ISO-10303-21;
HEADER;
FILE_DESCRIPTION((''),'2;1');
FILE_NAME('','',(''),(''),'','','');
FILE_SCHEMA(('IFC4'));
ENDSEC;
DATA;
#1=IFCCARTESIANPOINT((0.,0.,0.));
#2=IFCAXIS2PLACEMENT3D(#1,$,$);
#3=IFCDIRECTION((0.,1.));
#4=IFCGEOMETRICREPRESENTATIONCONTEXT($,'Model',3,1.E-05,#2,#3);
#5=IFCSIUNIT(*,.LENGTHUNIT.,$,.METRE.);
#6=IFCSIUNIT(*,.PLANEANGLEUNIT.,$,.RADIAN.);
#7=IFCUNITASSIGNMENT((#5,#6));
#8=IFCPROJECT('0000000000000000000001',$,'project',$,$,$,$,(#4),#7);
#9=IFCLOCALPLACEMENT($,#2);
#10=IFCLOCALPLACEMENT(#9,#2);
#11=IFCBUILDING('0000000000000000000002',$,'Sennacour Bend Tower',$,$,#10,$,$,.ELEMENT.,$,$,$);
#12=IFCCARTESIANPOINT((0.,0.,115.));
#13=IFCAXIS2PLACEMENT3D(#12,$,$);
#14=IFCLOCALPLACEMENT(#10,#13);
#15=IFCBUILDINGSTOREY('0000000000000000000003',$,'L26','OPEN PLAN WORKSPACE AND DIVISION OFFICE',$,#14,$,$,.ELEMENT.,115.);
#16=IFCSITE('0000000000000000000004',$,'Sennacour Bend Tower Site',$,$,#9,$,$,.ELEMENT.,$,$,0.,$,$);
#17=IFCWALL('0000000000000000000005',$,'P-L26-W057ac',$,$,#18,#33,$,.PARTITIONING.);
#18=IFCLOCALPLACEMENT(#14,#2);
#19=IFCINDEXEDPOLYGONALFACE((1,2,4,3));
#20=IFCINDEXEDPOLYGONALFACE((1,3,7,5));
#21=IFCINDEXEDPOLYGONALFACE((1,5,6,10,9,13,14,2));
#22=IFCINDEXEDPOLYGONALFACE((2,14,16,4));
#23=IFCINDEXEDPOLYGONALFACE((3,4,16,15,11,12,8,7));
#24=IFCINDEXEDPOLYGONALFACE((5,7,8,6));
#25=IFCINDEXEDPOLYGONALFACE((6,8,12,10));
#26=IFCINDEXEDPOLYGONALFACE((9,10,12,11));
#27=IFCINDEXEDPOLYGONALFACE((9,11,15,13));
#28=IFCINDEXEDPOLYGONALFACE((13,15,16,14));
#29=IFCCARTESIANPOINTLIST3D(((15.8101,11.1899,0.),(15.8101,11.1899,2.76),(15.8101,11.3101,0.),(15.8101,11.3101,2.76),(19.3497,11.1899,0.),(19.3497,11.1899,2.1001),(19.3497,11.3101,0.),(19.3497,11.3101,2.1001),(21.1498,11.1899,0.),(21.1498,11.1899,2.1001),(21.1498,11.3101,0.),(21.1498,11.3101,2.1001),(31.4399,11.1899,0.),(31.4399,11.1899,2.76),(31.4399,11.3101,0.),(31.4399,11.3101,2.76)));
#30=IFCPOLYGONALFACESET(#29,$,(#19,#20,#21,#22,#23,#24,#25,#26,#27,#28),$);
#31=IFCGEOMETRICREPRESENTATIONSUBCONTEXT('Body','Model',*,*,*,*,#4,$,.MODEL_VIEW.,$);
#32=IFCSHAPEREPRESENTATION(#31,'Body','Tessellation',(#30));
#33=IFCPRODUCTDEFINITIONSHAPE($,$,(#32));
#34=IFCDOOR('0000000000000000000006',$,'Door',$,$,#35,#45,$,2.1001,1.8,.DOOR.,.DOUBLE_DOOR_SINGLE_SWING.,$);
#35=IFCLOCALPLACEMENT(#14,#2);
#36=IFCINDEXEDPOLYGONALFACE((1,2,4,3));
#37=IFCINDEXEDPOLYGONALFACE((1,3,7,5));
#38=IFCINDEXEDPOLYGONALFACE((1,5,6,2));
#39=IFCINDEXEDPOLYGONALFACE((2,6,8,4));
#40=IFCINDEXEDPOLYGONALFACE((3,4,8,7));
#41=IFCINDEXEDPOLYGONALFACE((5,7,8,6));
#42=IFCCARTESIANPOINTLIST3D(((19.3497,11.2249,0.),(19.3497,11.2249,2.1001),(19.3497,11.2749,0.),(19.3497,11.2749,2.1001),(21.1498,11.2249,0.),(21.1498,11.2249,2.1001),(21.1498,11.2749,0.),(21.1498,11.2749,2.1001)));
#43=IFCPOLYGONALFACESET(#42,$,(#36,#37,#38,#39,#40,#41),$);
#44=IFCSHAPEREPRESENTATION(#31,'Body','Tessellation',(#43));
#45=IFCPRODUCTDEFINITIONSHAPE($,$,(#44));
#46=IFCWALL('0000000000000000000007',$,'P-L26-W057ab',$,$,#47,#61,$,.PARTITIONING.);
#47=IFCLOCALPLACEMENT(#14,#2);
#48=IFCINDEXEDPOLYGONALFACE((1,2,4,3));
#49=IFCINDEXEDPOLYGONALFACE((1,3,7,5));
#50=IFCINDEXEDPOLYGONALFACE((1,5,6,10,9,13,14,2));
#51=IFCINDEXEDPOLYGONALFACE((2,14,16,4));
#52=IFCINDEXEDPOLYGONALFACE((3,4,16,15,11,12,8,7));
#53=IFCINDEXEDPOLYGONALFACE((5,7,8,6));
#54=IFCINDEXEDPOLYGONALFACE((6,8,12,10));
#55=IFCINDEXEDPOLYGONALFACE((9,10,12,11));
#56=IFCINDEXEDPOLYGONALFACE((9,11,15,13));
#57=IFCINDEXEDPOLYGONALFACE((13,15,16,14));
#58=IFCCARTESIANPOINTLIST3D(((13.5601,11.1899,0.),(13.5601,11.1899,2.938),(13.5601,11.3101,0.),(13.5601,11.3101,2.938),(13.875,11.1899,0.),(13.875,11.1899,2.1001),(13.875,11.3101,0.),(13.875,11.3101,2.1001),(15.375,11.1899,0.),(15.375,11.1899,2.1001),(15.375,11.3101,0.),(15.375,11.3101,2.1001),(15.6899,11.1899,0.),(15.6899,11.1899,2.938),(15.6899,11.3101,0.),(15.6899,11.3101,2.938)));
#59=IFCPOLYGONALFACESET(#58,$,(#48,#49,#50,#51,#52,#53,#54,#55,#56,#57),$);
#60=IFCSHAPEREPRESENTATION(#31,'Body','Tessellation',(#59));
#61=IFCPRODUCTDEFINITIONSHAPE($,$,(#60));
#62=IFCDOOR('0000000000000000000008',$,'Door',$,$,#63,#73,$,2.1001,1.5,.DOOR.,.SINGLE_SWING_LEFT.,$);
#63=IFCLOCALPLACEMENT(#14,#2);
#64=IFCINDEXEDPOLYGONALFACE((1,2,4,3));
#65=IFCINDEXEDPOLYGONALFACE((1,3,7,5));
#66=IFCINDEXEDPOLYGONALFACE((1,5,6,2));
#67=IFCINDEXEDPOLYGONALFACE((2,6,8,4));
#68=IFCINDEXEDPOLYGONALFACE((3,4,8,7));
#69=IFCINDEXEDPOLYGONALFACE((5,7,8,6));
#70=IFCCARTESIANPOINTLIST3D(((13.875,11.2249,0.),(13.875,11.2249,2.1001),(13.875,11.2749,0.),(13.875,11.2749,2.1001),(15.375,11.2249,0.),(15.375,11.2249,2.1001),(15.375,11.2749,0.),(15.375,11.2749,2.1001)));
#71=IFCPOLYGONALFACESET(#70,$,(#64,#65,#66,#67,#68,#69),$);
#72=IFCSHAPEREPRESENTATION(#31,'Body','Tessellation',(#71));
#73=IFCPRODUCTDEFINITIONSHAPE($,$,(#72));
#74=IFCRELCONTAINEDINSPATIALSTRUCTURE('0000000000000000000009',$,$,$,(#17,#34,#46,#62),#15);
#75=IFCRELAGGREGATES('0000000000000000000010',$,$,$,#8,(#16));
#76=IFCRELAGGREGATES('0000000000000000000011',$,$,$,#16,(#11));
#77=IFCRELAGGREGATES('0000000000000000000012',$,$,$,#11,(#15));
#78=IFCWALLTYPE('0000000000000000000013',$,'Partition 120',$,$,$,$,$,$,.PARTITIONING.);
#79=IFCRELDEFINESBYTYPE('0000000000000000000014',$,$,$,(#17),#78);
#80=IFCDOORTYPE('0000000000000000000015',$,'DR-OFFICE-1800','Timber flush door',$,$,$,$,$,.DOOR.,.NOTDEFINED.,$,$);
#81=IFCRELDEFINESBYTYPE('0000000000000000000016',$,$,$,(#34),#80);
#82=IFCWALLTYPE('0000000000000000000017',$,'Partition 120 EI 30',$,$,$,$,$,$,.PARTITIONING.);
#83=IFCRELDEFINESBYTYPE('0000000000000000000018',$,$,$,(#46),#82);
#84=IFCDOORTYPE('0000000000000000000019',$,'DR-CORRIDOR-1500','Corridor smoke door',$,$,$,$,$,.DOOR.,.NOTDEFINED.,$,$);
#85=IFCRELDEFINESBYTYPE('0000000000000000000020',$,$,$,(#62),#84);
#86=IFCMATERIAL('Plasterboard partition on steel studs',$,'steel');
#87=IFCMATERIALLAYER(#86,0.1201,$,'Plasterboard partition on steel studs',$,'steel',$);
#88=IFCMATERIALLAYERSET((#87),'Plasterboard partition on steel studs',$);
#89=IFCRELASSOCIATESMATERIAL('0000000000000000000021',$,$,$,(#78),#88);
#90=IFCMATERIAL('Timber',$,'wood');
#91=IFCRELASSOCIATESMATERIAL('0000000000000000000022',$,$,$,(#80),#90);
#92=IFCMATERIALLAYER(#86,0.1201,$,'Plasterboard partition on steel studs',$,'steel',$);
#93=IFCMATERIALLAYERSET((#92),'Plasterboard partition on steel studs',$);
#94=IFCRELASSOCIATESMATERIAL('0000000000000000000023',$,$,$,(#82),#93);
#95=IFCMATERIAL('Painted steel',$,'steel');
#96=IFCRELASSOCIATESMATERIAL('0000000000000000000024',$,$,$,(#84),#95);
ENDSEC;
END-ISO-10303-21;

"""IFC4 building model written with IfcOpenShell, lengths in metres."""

from ifc_helpers import new_model, si_unit, direction, frame, frame_2d, origin, place, context, subcontext, project, spatial, rectangle, extrude, material, layer, layer_set, type_object, element, fill, save


model = new_model("IFC4")

# Units and contexts
model_context = context("Model", 3, precision=1e-05, world=origin(), true_north=direction((0.0, 1.0)))
body_context = subcontext(model_context, "Body", "Model", "MODEL_VIEW")
ifc_project = project(units=[si_unit("LENGTHUNIT", "METRE"), si_unit("PLANEANGLEUNIT", "RADIAN")], contexts=[model_context])

# Site, building, storey
site_placement = place(None, origin())
site = spatial("IfcSite", under=ifc_project, at=site_placement, Name="Sennacour Bend Tower Site", CompositionType="ELEMENT", RefElevation=0.0)
building_placement = place(site_placement, origin())
building = spatial("IfcBuilding", under=site, at=building_placement, Name="Sennacour Bend Tower", CompositionType="ELEMENT")
storey_placement = place(building_placement, frame((0.0, 0.0, 115.0)))
storey = spatial("IfcBuildingStorey", under=building, at=storey_placement, Name="L26", Description="OPEN PLAN WORKSPACE AND DIVISION OFFICE", CompositionType="ELEMENT", Elevation=115.0)

# Shared definitions
ifc_material_1 = material(Name="Plasterboard partition on steel studs", Category="steel")
ifc_layer_1 = layer(ifc_material_1, 0.1201, Name="Plasterboard partition on steel studs", Category="steel")
ifc_layer_set_1 = layer_set([ifc_layer_1], Name="Plasterboard partition on steel studs")
wall_type_1 = type_object("IfcWallType", Name="Partition 120", PredefinedType="PARTITIONING", material=ifc_layer_set_1)
ifc_material_2 = material(Name="Timber", Category="wood")
door_type_1 = type_object("IfcDoorType", Name="DR-OFFICE-1800", Description="Timber flush door", OperationType="NOTDEFINED", PredefinedType="DOOR", material=ifc_material_2)

# Walls, openings, doors
wall_1_placement = place(storey_placement, frame((15.8101, 11.25, 0.0), z_axis=(0.0, 0.0, 1.0), x_axis=(1.0, 0.0, 0.0)))
wall_1 = element("IfcWall", 1, at=wall_1_placement, inside=storey, type_object=wall_type_1, Name="P-L26-W057ac", PredefinedType="PARTITIONING", context=body_context, shape_type="SweptSolid", body=[
    extrude(rectangle(XDim=15.6299, YDim=0.1201, at=frame_2d((7.8149, 0.0))), origin(), (0.0, 0.0, 1.0), 2.76),
])
opening_1_placement = place(wall_1_placement, frame((3.5398, 0.0, 0.0)))
opening_1 = element("IfcOpeningElement", 2, at=opening_1_placement, cuts=wall_1, PredefinedType="OPENING", context=body_context, shape_type="SweptSolid", body=[
    extrude(rectangle(XDim=1.8, YDim=2.1001, at=frame_2d((0.8999, 1.05))), frame((0.0, 0.0701, 0.0), z_axis=(0.0, -1.0, 0.0), x_axis=(1.0, 0.0, 0.0)), (0.0, 0.0, 1.0), 0.1401),
])
door_1_placement = place(opening_1_placement, origin())
door_1 = element("IfcDoor", 3, at=door_1_placement, inside=storey, type_object=door_type_1, Name="Door", OperationType="DOUBLE_DOOR_SINGLE_SWING", OverallHeight=2.1001, OverallWidth=1.8, PredefinedType="DOOR", context=body_context, shape_type="SweptSolid", body=[
    extrude(rectangle(XDim=1.8, YDim=2.1001, at=frame_2d((0.8999, 1.05))), frame((0.0, 0.0249, 0.0), z_axis=(0.0, -1.0, 0.0), x_axis=(1.0, 0.0, 0.0)), (0.0, 0.0, 1.0), 0.05),
])
fill(opening_1, door_1)
ifc_layer_2 = layer(ifc_material_1, 0.1201, Name="Plasterboard partition on steel studs", Category="steel")
ifc_layer_set_2 = layer_set([ifc_layer_2], Name="Plasterboard partition on steel studs")
wall_type_2 = type_object("IfcWallType", Name="Partition 120 EI 30", PredefinedType="PARTITIONING", material=ifc_layer_set_2)
wall_2_placement = place(storey_placement, frame((13.5601, 11.25, 0.0), z_axis=(0.0, 0.0, 1.0), x_axis=(1.0, 0.0, 0.0)))
wall_2 = element("IfcWall", 4, at=wall_2_placement, inside=storey, type_object=wall_type_2, Name="P-L26-W057ab", PredefinedType="PARTITIONING", context=body_context, shape_type="SweptSolid", body=[
    extrude(rectangle(XDim=2.1299, YDim=0.1201, at=frame_2d((1.0649, 0.0))), origin(), (0.0, 0.0, 1.0), 2.938),
])
opening_2_placement = place(wall_2_placement, frame((0.3149, 0.0, 0.0)))
opening_2 = element("IfcOpeningElement", 5, at=opening_2_placement, cuts=wall_2, PredefinedType="OPENING", context=body_context, shape_type="SweptSolid", body=[
    extrude(rectangle(XDim=1.5, YDim=2.1001, at=frame_2d((0.75, 1.05))), frame((0.0, 0.0701, 0.0), z_axis=(0.0, -1.0, 0.0), x_axis=(1.0, 0.0, 0.0)), (0.0, 0.0, 1.0), 0.1401),
])
ifc_material_3 = material(Name="Painted steel", Category="steel")
door_type_2 = type_object("IfcDoorType", Name="DR-CORRIDOR-1500", Description="Corridor smoke door", OperationType="NOTDEFINED", PredefinedType="DOOR", material=ifc_material_3)
door_2_placement = place(opening_2_placement, origin())
door_2 = element("IfcDoor", 6, at=door_2_placement, inside=storey, type_object=door_type_2, Name="Door", OperationType="SINGLE_SWING_LEFT", OverallHeight=2.1001, OverallWidth=1.5, PredefinedType="DOOR", context=body_context, shape_type="SweptSolid", body=[
    extrude(rectangle(XDim=1.5, YDim=2.1001, at=frame_2d((0.75, 1.05))), frame((0.0, 0.0249, 0.0), z_axis=(0.0, -1.0, 0.0), x_axis=(1.0, 0.0, 0.0)), (0.0, 0.0, 1.0), 0.05),
])
fill(opening_2, door_2)

save(model, "model.ifc")
